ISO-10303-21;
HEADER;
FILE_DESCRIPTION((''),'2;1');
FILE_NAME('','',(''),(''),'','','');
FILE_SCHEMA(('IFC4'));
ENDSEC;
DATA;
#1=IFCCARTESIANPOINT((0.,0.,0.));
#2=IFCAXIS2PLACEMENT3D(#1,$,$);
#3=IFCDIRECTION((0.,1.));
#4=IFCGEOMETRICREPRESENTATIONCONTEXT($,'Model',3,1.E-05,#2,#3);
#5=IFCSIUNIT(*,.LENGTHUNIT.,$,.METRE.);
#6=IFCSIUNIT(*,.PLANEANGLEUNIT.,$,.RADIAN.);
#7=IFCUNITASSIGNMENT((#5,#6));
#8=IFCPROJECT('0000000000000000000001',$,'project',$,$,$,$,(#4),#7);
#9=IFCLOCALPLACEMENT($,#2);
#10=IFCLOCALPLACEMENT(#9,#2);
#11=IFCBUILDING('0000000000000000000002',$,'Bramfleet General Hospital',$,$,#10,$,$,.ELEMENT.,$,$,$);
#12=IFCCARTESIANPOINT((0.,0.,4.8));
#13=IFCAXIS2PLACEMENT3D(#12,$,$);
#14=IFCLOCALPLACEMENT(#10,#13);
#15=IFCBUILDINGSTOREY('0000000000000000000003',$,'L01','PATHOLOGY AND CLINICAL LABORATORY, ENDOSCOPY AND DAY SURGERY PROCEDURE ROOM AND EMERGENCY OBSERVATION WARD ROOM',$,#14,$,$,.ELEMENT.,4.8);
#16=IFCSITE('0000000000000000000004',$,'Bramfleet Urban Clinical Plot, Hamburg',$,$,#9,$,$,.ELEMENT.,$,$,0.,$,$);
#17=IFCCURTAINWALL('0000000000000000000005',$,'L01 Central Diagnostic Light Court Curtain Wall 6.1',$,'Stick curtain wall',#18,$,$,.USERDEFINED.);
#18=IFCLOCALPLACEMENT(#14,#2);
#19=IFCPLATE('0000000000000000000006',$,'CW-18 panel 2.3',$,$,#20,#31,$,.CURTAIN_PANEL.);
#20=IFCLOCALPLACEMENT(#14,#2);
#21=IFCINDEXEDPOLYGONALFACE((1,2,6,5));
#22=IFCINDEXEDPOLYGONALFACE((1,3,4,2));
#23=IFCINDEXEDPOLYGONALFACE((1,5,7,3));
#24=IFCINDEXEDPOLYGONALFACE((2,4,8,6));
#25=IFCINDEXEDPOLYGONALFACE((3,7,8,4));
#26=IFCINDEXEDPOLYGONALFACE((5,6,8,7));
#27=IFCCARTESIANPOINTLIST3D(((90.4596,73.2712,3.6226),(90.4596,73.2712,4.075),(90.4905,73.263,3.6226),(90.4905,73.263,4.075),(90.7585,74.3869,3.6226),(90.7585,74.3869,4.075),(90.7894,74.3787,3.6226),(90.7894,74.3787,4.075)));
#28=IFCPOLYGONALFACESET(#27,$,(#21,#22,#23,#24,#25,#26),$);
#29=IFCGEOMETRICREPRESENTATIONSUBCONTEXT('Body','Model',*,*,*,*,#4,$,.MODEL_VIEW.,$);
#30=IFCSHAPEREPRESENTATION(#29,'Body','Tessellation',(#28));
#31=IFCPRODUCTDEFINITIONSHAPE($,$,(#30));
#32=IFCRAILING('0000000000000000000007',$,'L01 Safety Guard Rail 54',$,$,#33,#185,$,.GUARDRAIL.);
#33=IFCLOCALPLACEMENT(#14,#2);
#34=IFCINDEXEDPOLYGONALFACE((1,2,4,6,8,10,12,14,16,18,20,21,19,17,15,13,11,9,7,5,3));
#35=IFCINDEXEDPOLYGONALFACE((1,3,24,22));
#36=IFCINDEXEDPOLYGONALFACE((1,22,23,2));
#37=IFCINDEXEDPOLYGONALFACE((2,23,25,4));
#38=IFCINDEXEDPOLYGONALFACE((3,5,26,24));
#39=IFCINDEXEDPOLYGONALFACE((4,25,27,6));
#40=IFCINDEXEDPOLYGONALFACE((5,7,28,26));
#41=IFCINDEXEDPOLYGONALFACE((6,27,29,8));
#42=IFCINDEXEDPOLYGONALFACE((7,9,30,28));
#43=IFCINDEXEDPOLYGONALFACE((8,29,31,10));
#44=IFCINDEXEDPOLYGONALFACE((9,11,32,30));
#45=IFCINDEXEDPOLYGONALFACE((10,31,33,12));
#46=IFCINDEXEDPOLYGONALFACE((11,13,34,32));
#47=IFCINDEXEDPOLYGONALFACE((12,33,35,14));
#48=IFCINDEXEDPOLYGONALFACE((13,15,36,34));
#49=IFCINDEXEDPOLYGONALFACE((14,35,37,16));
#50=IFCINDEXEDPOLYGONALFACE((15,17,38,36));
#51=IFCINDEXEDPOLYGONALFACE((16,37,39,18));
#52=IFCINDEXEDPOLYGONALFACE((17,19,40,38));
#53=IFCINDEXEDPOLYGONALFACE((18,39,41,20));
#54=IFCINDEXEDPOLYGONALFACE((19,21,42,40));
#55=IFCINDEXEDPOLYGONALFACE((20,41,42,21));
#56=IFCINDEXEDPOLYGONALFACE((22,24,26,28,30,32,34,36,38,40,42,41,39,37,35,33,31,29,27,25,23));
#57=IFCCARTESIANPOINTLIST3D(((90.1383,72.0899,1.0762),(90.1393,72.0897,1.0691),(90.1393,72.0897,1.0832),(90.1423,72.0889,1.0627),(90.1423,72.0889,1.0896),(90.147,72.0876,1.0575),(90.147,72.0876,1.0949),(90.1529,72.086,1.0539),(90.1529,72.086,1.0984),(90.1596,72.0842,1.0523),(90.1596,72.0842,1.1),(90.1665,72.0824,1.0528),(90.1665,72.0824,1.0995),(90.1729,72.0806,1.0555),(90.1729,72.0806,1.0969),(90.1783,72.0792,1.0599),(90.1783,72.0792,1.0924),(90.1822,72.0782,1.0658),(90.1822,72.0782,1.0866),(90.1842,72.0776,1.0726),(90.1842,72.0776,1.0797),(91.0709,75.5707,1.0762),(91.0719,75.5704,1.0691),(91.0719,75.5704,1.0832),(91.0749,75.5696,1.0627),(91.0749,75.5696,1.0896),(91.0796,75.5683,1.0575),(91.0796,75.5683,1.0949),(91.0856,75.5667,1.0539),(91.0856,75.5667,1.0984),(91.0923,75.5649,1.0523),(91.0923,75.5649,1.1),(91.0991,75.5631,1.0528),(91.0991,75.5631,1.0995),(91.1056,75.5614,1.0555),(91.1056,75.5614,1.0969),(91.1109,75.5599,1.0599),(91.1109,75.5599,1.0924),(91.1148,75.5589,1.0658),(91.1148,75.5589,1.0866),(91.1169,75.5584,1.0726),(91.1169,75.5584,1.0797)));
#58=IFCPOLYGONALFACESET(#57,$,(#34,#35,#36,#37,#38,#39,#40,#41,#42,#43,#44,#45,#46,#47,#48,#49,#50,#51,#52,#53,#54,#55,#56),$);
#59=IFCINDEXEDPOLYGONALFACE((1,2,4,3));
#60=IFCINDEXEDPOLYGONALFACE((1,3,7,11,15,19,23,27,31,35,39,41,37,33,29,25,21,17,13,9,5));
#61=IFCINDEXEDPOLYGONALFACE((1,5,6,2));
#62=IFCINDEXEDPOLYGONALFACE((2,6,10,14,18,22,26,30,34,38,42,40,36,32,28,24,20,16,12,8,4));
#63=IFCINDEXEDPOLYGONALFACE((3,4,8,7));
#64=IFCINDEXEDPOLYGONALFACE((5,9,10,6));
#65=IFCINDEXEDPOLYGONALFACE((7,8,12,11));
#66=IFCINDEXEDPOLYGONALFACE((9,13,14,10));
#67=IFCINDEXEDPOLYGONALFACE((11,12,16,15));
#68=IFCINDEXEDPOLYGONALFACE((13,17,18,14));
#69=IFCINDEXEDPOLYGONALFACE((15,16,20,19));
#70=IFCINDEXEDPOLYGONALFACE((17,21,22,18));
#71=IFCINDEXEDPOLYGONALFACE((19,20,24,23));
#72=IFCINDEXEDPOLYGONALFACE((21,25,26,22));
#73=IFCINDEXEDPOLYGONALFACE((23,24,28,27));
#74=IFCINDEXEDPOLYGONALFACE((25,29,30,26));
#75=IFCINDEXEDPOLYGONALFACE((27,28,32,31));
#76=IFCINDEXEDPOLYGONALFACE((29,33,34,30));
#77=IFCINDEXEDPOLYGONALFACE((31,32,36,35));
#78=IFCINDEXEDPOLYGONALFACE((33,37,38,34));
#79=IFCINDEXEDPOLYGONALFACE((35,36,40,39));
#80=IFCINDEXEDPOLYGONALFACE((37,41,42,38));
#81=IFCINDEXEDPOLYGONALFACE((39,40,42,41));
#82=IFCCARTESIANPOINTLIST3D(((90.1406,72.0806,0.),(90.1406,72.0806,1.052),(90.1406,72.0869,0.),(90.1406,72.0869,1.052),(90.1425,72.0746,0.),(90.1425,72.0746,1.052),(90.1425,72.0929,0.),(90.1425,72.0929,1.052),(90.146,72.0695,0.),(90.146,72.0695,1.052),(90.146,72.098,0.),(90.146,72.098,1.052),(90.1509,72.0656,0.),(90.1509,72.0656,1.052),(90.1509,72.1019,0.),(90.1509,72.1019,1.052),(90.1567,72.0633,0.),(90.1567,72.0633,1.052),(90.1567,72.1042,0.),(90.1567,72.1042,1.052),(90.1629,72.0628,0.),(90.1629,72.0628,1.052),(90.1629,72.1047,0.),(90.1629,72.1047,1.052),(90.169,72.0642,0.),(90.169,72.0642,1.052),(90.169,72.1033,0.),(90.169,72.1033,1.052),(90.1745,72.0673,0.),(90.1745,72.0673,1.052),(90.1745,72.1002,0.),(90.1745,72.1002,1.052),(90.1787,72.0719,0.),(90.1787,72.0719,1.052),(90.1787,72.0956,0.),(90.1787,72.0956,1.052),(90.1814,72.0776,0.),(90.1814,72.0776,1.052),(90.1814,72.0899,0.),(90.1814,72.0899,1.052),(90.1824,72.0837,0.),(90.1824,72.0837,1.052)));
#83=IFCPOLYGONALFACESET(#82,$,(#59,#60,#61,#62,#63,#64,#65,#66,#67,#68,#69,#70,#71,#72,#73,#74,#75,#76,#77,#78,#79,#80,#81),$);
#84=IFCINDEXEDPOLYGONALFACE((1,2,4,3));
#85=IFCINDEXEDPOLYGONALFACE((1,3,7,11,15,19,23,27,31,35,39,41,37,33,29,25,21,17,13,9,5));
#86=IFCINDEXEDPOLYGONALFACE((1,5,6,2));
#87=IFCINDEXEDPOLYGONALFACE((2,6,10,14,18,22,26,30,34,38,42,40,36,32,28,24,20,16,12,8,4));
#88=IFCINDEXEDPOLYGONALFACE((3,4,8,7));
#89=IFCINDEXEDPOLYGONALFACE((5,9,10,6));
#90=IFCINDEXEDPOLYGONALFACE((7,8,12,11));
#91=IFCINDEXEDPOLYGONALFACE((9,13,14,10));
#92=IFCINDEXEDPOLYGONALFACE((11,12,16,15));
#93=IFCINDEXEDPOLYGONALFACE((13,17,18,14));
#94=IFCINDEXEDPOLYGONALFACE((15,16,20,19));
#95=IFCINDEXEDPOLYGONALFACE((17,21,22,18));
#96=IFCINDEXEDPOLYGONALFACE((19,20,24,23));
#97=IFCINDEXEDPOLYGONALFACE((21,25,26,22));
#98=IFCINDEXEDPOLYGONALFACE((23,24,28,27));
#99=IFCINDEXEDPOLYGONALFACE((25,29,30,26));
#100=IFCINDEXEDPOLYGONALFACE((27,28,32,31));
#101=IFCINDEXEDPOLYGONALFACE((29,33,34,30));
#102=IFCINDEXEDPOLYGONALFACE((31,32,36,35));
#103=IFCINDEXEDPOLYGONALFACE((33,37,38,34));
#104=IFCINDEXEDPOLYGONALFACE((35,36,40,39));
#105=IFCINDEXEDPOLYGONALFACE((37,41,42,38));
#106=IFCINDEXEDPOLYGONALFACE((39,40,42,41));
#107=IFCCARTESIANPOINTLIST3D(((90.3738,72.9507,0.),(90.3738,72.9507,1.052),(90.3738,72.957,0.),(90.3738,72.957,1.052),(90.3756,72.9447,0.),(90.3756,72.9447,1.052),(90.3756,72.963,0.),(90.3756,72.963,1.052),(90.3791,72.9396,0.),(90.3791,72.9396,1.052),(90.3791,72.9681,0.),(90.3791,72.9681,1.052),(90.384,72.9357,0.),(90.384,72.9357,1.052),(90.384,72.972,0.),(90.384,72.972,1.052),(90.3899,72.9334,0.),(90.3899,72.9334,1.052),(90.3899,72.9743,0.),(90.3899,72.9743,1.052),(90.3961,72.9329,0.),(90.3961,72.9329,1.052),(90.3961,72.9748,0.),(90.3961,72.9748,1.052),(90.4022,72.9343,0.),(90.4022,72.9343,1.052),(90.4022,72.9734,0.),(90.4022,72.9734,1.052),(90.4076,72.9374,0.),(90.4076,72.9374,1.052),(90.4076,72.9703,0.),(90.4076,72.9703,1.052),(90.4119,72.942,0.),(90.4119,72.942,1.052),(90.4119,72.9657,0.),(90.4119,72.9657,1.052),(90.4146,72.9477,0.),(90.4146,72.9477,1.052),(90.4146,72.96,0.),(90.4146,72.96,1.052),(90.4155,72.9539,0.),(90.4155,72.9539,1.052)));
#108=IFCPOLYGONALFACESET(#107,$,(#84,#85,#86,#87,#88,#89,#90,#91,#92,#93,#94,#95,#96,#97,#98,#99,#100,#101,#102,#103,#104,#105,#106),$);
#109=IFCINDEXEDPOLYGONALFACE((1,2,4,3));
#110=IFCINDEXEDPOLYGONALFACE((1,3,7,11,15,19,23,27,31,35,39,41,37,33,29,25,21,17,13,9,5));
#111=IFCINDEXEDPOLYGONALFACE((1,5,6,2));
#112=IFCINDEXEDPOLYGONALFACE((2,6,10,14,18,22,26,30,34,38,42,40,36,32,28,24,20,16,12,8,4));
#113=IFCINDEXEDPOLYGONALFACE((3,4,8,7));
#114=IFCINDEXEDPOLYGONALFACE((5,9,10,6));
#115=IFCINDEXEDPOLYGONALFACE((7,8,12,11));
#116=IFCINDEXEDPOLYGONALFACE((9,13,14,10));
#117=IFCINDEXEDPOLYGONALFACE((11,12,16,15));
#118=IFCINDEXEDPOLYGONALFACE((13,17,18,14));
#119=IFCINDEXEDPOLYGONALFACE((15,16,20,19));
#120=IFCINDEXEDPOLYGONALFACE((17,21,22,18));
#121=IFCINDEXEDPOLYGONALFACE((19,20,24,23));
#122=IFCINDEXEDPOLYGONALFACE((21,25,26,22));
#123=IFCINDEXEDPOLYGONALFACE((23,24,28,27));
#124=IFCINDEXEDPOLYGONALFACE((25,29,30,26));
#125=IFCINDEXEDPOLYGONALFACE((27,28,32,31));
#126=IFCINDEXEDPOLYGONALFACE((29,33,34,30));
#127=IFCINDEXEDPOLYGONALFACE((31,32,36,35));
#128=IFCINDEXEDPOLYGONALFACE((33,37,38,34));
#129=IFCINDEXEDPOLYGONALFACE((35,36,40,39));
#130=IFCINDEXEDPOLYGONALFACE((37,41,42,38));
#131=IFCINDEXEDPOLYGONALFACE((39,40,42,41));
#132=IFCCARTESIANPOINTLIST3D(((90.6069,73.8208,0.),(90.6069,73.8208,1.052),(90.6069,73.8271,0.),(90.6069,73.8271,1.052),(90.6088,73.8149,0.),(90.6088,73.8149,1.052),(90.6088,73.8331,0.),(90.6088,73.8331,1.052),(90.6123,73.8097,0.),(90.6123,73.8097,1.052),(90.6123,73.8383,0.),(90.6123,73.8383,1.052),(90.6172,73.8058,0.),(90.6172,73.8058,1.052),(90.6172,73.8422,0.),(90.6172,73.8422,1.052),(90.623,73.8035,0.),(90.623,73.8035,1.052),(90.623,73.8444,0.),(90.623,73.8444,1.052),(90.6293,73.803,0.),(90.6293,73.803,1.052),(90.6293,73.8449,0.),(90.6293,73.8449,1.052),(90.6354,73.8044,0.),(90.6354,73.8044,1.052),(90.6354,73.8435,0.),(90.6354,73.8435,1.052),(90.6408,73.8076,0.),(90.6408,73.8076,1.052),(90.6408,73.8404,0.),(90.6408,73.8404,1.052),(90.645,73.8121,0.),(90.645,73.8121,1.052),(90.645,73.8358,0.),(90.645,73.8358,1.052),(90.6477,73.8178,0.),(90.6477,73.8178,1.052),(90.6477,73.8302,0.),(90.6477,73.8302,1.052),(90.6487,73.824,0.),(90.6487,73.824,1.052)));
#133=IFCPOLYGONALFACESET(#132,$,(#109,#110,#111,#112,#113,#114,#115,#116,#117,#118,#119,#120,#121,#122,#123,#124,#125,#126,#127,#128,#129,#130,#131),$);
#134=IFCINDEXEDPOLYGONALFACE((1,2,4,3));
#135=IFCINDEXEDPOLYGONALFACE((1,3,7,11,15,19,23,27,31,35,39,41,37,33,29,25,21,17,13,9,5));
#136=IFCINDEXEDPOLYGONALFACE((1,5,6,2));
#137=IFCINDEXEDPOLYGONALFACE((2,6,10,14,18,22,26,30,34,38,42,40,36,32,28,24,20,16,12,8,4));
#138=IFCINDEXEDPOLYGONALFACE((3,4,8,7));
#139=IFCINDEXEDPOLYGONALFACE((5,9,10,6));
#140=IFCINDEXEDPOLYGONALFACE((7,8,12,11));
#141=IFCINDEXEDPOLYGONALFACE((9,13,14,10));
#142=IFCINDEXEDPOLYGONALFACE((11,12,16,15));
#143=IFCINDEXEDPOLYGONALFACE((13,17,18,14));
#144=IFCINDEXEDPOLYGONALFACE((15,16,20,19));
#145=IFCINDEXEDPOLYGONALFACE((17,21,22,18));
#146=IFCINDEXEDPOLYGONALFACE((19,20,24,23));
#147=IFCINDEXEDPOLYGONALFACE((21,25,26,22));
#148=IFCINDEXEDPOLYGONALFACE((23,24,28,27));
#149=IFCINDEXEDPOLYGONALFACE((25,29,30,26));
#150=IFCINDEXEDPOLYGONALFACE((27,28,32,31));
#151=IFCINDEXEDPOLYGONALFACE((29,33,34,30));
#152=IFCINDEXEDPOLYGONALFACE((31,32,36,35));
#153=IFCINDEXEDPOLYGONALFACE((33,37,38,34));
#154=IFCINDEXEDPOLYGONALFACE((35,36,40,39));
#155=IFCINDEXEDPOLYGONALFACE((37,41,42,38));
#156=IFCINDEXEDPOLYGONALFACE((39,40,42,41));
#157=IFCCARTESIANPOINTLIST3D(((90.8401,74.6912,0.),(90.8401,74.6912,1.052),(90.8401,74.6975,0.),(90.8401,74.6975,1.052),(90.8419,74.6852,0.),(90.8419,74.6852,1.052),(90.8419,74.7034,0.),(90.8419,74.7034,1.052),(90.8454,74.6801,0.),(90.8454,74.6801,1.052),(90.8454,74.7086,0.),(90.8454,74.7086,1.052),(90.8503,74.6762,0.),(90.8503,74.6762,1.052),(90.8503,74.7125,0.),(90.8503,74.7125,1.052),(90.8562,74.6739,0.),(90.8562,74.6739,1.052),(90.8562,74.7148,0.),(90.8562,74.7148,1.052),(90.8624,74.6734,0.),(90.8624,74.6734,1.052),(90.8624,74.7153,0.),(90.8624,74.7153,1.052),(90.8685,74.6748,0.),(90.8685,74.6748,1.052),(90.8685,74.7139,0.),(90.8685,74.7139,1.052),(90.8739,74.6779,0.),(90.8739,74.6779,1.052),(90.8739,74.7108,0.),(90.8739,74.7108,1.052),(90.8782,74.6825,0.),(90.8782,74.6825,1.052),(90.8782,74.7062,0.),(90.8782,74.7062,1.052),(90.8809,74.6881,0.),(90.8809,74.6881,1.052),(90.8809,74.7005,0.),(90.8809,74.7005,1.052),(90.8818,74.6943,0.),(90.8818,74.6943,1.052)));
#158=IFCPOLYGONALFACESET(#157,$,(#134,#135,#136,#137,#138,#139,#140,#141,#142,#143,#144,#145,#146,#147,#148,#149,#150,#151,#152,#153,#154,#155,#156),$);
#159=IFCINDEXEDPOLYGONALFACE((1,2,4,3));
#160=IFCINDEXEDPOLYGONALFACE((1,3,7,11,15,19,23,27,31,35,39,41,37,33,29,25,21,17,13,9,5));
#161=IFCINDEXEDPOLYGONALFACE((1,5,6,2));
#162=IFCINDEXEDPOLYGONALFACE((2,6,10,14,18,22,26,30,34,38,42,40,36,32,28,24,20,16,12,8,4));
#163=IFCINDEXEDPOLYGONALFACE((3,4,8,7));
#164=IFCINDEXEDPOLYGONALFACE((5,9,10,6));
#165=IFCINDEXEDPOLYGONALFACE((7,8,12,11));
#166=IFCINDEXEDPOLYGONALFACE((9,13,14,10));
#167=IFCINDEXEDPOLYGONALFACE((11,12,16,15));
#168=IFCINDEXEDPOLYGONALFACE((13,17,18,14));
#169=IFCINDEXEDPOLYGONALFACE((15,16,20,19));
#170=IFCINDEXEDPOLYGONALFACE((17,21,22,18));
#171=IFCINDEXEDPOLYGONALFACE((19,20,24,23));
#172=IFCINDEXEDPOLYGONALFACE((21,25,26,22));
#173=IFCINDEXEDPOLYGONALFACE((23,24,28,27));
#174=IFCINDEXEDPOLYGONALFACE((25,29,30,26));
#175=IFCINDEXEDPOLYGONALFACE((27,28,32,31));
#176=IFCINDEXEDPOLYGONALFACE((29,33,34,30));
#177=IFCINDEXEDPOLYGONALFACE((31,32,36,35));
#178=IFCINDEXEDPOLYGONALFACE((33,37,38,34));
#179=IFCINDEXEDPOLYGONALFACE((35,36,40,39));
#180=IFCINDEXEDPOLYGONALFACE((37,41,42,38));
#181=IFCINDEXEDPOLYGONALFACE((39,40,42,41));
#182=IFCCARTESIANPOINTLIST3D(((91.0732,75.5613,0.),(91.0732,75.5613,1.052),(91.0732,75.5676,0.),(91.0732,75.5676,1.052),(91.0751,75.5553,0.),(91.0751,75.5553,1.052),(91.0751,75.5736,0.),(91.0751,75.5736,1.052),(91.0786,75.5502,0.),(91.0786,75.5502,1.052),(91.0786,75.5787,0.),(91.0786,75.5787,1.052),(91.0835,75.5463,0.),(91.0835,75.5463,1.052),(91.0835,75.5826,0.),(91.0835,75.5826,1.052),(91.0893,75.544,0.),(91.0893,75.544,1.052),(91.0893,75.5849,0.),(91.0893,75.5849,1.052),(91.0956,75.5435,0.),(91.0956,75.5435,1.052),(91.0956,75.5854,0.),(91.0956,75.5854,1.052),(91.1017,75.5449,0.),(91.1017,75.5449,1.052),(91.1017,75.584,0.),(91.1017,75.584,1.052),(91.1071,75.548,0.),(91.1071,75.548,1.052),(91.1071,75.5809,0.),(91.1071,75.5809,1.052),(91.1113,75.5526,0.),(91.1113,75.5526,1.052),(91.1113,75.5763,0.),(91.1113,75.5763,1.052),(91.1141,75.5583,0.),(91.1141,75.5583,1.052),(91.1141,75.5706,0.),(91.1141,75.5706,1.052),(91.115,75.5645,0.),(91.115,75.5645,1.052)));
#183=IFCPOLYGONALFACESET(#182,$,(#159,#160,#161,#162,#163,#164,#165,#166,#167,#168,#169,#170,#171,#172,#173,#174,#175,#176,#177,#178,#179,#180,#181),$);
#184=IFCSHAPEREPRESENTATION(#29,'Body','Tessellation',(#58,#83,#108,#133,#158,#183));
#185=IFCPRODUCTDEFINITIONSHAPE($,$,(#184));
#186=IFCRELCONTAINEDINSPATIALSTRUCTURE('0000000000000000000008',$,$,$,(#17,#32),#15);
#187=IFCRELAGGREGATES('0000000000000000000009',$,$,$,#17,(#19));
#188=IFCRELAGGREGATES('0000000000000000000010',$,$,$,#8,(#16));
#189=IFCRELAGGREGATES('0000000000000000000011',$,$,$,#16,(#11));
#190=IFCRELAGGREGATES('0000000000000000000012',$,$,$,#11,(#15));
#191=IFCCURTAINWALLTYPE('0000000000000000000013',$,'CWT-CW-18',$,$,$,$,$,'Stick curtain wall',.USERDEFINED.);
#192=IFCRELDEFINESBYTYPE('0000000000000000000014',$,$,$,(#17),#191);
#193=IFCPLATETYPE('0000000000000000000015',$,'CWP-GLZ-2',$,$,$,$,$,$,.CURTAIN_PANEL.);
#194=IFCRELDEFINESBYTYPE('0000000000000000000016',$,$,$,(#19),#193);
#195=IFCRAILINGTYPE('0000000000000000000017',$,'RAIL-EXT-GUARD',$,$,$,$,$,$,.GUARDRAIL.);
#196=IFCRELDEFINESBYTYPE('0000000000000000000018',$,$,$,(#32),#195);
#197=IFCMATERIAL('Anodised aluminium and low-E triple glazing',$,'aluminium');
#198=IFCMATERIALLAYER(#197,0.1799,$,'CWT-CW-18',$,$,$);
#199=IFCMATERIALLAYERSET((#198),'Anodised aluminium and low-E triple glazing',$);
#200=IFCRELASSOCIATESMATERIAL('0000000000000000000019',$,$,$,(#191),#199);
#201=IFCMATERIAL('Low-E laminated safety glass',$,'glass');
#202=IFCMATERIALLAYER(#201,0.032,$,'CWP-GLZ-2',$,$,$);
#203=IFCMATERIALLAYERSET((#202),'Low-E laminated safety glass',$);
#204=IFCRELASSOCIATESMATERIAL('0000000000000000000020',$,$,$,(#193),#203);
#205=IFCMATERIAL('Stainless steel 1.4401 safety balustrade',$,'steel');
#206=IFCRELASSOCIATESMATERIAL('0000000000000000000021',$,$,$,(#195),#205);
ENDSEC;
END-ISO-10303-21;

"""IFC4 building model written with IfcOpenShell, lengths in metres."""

from ifc_helpers import new_model, si_unit, direction, frame, origin, origin_2d, place, context, subcontext, project, spatial, rectangle, circle, extrude, material, layer, layer_set, type_object, element, aggregate, save


model = new_model("IFC4")

# Units and contexts
model_context = context("Model", 3, precision=1e-05, world=origin(), true_north=direction((0.0, 1.0)))
body_context = subcontext(model_context, "Body", "Model", "MODEL_VIEW")
ifc_project = project(units=[si_unit("LENGTHUNIT", "METRE"), si_unit("PLANEANGLEUNIT", "RADIAN")], contexts=[model_context])

# Site, building, storey
site_placement = place(None, origin())
site = spatial("IfcSite", under=ifc_project, at=site_placement, Name="Bramfleet Urban Clinical Plot, Hamburg", CompositionType="ELEMENT", RefElevation=0.0)
building_placement = place(site_placement, origin())
building = spatial("IfcBuilding", under=site, at=building_placement, Name="Bramfleet General Hospital", CompositionType="ELEMENT")
storey_placement = place(building_placement, frame((0.0, 0.0, 4.8)))
storey = spatial("IfcBuildingStorey", under=building, at=storey_placement, Name="L01", Description="PATHOLOGY AND CLINICAL LABORATORY, ENDOSCOPY AND DAY SURGERY PROCEDURE ROOM AND EMERGENCY OBSERVATION WARD ROOM", CompositionType="ELEMENT", Elevation=4.8)

# Curtain wall
ifc_material_1 = material(Name="Anodised aluminium and low-E triple glazing", Category="aluminium")
ifc_layer_1 = layer(ifc_material_1, 0.1799, Name="CWT-CW-18")
ifc_layer_set_1 = layer_set([ifc_layer_1], Name="Anodised aluminium and low-E triple glazing")
curtain_wall_type_1 = type_object("IfcCurtainWallType", Name="CWT-CW-18", ElementType="Stick curtain wall", PredefinedType="USERDEFINED", material=ifc_layer_set_1)
curtain_wall_1_placement = place(storey_placement, origin())
curtain_wall_1 = element("IfcCurtainWall", 1, at=curtain_wall_1_placement, inside=storey, type_object=curtain_wall_type_1, Name="L01 Central Diagnostic Light Court Curtain Wall 6.1", ObjectType="Stick curtain wall", PredefinedType="USERDEFINED")

# Plate
ifc_material_2 = material(Name="Low-E laminated safety glass", Category="glass")
ifc_layer_2 = layer(ifc_material_2, 0.032, Name="CWP-GLZ-2")
ifc_layer_set_2 = layer_set([ifc_layer_2], Name="Low-E laminated safety glass")
plate_type = type_object("IfcPlateType", Name="CWP-GLZ-2", PredefinedType="CURTAIN_PANEL", material=ifc_layer_set_2)
plate_1_placement = place(storey_placement, frame((90.6245, 73.825, 3.6226), z_axis=(0.0, 0.0, 1.0), x_axis=(0.258763, 0.965941, 0.0)))
plate_1 = element("IfcPlate", 2, at=plate_1_placement, type_object=plate_type, Name="CW-18 panel 2.3", PredefinedType="CURTAIN_PANEL", context=body_context, shape_type="SweptSolid", body=[
    extrude(rectangle(XDim=1.155, YDim=0.032, at=origin_2d()), origin(), (0.0, 0.0, 1.0), 0.4524),
])
aggregate(curtain_wall_1, [plate_1])

# Railing
ifc_material_3 = material(Name="Stainless steel 1.4401 safety balustrade", Category="steel")
railing_type = type_object("IfcRailingType", Name="RAIL-EXT-GUARD", PredefinedType="GUARDRAIL", material=ifc_material_3)
railing_placement = place(storey_placement, frame((90.1614, 72.0837, 0.0)))
element("IfcRailing", 3, at=railing_placement, inside=storey, type_object=railing_type, Name="L01 Safety Guard Rail 54", PredefinedType="GUARDRAIL", context=body_context, shape_type="SweptSolid", body=[
    extrude(circle(Radius=0.0239, at=origin_2d()), frame((0.0, 0.0, 1.0762), z_axis=(0.258809, 0.965928, 0.0), x_axis=(-0.965928, 0.258809, 0.0)), (0.0, 0.0, 1.0), 3.6035),
    extrude(circle(Radius=0.021, at=origin_2d()), origin(), (0.0, 0.0, 1.0), 1.052),
    extrude(circle(Radius=0.021, at=origin_2d()), frame((0.2332, 0.8701, 0.0)), (0.0, 0.0, 1.0), 1.052),
    extrude(circle(Radius=0.021, at=origin_2d()), frame((0.4663, 1.7402, 0.0)), (0.0, 0.0, 1.0), 1.052),
    extrude(circle(Radius=0.021, at=origin_2d()), frame((0.6995, 2.6106, 0.0)), (0.0, 0.0, 1.0), 1.052),
    extrude(circle(Radius=0.021, at=origin_2d()), frame((0.9326, 3.4807, 0.0)), (0.0, 0.0, 1.0), 1.052),
])

save(model, "model.ifc")
